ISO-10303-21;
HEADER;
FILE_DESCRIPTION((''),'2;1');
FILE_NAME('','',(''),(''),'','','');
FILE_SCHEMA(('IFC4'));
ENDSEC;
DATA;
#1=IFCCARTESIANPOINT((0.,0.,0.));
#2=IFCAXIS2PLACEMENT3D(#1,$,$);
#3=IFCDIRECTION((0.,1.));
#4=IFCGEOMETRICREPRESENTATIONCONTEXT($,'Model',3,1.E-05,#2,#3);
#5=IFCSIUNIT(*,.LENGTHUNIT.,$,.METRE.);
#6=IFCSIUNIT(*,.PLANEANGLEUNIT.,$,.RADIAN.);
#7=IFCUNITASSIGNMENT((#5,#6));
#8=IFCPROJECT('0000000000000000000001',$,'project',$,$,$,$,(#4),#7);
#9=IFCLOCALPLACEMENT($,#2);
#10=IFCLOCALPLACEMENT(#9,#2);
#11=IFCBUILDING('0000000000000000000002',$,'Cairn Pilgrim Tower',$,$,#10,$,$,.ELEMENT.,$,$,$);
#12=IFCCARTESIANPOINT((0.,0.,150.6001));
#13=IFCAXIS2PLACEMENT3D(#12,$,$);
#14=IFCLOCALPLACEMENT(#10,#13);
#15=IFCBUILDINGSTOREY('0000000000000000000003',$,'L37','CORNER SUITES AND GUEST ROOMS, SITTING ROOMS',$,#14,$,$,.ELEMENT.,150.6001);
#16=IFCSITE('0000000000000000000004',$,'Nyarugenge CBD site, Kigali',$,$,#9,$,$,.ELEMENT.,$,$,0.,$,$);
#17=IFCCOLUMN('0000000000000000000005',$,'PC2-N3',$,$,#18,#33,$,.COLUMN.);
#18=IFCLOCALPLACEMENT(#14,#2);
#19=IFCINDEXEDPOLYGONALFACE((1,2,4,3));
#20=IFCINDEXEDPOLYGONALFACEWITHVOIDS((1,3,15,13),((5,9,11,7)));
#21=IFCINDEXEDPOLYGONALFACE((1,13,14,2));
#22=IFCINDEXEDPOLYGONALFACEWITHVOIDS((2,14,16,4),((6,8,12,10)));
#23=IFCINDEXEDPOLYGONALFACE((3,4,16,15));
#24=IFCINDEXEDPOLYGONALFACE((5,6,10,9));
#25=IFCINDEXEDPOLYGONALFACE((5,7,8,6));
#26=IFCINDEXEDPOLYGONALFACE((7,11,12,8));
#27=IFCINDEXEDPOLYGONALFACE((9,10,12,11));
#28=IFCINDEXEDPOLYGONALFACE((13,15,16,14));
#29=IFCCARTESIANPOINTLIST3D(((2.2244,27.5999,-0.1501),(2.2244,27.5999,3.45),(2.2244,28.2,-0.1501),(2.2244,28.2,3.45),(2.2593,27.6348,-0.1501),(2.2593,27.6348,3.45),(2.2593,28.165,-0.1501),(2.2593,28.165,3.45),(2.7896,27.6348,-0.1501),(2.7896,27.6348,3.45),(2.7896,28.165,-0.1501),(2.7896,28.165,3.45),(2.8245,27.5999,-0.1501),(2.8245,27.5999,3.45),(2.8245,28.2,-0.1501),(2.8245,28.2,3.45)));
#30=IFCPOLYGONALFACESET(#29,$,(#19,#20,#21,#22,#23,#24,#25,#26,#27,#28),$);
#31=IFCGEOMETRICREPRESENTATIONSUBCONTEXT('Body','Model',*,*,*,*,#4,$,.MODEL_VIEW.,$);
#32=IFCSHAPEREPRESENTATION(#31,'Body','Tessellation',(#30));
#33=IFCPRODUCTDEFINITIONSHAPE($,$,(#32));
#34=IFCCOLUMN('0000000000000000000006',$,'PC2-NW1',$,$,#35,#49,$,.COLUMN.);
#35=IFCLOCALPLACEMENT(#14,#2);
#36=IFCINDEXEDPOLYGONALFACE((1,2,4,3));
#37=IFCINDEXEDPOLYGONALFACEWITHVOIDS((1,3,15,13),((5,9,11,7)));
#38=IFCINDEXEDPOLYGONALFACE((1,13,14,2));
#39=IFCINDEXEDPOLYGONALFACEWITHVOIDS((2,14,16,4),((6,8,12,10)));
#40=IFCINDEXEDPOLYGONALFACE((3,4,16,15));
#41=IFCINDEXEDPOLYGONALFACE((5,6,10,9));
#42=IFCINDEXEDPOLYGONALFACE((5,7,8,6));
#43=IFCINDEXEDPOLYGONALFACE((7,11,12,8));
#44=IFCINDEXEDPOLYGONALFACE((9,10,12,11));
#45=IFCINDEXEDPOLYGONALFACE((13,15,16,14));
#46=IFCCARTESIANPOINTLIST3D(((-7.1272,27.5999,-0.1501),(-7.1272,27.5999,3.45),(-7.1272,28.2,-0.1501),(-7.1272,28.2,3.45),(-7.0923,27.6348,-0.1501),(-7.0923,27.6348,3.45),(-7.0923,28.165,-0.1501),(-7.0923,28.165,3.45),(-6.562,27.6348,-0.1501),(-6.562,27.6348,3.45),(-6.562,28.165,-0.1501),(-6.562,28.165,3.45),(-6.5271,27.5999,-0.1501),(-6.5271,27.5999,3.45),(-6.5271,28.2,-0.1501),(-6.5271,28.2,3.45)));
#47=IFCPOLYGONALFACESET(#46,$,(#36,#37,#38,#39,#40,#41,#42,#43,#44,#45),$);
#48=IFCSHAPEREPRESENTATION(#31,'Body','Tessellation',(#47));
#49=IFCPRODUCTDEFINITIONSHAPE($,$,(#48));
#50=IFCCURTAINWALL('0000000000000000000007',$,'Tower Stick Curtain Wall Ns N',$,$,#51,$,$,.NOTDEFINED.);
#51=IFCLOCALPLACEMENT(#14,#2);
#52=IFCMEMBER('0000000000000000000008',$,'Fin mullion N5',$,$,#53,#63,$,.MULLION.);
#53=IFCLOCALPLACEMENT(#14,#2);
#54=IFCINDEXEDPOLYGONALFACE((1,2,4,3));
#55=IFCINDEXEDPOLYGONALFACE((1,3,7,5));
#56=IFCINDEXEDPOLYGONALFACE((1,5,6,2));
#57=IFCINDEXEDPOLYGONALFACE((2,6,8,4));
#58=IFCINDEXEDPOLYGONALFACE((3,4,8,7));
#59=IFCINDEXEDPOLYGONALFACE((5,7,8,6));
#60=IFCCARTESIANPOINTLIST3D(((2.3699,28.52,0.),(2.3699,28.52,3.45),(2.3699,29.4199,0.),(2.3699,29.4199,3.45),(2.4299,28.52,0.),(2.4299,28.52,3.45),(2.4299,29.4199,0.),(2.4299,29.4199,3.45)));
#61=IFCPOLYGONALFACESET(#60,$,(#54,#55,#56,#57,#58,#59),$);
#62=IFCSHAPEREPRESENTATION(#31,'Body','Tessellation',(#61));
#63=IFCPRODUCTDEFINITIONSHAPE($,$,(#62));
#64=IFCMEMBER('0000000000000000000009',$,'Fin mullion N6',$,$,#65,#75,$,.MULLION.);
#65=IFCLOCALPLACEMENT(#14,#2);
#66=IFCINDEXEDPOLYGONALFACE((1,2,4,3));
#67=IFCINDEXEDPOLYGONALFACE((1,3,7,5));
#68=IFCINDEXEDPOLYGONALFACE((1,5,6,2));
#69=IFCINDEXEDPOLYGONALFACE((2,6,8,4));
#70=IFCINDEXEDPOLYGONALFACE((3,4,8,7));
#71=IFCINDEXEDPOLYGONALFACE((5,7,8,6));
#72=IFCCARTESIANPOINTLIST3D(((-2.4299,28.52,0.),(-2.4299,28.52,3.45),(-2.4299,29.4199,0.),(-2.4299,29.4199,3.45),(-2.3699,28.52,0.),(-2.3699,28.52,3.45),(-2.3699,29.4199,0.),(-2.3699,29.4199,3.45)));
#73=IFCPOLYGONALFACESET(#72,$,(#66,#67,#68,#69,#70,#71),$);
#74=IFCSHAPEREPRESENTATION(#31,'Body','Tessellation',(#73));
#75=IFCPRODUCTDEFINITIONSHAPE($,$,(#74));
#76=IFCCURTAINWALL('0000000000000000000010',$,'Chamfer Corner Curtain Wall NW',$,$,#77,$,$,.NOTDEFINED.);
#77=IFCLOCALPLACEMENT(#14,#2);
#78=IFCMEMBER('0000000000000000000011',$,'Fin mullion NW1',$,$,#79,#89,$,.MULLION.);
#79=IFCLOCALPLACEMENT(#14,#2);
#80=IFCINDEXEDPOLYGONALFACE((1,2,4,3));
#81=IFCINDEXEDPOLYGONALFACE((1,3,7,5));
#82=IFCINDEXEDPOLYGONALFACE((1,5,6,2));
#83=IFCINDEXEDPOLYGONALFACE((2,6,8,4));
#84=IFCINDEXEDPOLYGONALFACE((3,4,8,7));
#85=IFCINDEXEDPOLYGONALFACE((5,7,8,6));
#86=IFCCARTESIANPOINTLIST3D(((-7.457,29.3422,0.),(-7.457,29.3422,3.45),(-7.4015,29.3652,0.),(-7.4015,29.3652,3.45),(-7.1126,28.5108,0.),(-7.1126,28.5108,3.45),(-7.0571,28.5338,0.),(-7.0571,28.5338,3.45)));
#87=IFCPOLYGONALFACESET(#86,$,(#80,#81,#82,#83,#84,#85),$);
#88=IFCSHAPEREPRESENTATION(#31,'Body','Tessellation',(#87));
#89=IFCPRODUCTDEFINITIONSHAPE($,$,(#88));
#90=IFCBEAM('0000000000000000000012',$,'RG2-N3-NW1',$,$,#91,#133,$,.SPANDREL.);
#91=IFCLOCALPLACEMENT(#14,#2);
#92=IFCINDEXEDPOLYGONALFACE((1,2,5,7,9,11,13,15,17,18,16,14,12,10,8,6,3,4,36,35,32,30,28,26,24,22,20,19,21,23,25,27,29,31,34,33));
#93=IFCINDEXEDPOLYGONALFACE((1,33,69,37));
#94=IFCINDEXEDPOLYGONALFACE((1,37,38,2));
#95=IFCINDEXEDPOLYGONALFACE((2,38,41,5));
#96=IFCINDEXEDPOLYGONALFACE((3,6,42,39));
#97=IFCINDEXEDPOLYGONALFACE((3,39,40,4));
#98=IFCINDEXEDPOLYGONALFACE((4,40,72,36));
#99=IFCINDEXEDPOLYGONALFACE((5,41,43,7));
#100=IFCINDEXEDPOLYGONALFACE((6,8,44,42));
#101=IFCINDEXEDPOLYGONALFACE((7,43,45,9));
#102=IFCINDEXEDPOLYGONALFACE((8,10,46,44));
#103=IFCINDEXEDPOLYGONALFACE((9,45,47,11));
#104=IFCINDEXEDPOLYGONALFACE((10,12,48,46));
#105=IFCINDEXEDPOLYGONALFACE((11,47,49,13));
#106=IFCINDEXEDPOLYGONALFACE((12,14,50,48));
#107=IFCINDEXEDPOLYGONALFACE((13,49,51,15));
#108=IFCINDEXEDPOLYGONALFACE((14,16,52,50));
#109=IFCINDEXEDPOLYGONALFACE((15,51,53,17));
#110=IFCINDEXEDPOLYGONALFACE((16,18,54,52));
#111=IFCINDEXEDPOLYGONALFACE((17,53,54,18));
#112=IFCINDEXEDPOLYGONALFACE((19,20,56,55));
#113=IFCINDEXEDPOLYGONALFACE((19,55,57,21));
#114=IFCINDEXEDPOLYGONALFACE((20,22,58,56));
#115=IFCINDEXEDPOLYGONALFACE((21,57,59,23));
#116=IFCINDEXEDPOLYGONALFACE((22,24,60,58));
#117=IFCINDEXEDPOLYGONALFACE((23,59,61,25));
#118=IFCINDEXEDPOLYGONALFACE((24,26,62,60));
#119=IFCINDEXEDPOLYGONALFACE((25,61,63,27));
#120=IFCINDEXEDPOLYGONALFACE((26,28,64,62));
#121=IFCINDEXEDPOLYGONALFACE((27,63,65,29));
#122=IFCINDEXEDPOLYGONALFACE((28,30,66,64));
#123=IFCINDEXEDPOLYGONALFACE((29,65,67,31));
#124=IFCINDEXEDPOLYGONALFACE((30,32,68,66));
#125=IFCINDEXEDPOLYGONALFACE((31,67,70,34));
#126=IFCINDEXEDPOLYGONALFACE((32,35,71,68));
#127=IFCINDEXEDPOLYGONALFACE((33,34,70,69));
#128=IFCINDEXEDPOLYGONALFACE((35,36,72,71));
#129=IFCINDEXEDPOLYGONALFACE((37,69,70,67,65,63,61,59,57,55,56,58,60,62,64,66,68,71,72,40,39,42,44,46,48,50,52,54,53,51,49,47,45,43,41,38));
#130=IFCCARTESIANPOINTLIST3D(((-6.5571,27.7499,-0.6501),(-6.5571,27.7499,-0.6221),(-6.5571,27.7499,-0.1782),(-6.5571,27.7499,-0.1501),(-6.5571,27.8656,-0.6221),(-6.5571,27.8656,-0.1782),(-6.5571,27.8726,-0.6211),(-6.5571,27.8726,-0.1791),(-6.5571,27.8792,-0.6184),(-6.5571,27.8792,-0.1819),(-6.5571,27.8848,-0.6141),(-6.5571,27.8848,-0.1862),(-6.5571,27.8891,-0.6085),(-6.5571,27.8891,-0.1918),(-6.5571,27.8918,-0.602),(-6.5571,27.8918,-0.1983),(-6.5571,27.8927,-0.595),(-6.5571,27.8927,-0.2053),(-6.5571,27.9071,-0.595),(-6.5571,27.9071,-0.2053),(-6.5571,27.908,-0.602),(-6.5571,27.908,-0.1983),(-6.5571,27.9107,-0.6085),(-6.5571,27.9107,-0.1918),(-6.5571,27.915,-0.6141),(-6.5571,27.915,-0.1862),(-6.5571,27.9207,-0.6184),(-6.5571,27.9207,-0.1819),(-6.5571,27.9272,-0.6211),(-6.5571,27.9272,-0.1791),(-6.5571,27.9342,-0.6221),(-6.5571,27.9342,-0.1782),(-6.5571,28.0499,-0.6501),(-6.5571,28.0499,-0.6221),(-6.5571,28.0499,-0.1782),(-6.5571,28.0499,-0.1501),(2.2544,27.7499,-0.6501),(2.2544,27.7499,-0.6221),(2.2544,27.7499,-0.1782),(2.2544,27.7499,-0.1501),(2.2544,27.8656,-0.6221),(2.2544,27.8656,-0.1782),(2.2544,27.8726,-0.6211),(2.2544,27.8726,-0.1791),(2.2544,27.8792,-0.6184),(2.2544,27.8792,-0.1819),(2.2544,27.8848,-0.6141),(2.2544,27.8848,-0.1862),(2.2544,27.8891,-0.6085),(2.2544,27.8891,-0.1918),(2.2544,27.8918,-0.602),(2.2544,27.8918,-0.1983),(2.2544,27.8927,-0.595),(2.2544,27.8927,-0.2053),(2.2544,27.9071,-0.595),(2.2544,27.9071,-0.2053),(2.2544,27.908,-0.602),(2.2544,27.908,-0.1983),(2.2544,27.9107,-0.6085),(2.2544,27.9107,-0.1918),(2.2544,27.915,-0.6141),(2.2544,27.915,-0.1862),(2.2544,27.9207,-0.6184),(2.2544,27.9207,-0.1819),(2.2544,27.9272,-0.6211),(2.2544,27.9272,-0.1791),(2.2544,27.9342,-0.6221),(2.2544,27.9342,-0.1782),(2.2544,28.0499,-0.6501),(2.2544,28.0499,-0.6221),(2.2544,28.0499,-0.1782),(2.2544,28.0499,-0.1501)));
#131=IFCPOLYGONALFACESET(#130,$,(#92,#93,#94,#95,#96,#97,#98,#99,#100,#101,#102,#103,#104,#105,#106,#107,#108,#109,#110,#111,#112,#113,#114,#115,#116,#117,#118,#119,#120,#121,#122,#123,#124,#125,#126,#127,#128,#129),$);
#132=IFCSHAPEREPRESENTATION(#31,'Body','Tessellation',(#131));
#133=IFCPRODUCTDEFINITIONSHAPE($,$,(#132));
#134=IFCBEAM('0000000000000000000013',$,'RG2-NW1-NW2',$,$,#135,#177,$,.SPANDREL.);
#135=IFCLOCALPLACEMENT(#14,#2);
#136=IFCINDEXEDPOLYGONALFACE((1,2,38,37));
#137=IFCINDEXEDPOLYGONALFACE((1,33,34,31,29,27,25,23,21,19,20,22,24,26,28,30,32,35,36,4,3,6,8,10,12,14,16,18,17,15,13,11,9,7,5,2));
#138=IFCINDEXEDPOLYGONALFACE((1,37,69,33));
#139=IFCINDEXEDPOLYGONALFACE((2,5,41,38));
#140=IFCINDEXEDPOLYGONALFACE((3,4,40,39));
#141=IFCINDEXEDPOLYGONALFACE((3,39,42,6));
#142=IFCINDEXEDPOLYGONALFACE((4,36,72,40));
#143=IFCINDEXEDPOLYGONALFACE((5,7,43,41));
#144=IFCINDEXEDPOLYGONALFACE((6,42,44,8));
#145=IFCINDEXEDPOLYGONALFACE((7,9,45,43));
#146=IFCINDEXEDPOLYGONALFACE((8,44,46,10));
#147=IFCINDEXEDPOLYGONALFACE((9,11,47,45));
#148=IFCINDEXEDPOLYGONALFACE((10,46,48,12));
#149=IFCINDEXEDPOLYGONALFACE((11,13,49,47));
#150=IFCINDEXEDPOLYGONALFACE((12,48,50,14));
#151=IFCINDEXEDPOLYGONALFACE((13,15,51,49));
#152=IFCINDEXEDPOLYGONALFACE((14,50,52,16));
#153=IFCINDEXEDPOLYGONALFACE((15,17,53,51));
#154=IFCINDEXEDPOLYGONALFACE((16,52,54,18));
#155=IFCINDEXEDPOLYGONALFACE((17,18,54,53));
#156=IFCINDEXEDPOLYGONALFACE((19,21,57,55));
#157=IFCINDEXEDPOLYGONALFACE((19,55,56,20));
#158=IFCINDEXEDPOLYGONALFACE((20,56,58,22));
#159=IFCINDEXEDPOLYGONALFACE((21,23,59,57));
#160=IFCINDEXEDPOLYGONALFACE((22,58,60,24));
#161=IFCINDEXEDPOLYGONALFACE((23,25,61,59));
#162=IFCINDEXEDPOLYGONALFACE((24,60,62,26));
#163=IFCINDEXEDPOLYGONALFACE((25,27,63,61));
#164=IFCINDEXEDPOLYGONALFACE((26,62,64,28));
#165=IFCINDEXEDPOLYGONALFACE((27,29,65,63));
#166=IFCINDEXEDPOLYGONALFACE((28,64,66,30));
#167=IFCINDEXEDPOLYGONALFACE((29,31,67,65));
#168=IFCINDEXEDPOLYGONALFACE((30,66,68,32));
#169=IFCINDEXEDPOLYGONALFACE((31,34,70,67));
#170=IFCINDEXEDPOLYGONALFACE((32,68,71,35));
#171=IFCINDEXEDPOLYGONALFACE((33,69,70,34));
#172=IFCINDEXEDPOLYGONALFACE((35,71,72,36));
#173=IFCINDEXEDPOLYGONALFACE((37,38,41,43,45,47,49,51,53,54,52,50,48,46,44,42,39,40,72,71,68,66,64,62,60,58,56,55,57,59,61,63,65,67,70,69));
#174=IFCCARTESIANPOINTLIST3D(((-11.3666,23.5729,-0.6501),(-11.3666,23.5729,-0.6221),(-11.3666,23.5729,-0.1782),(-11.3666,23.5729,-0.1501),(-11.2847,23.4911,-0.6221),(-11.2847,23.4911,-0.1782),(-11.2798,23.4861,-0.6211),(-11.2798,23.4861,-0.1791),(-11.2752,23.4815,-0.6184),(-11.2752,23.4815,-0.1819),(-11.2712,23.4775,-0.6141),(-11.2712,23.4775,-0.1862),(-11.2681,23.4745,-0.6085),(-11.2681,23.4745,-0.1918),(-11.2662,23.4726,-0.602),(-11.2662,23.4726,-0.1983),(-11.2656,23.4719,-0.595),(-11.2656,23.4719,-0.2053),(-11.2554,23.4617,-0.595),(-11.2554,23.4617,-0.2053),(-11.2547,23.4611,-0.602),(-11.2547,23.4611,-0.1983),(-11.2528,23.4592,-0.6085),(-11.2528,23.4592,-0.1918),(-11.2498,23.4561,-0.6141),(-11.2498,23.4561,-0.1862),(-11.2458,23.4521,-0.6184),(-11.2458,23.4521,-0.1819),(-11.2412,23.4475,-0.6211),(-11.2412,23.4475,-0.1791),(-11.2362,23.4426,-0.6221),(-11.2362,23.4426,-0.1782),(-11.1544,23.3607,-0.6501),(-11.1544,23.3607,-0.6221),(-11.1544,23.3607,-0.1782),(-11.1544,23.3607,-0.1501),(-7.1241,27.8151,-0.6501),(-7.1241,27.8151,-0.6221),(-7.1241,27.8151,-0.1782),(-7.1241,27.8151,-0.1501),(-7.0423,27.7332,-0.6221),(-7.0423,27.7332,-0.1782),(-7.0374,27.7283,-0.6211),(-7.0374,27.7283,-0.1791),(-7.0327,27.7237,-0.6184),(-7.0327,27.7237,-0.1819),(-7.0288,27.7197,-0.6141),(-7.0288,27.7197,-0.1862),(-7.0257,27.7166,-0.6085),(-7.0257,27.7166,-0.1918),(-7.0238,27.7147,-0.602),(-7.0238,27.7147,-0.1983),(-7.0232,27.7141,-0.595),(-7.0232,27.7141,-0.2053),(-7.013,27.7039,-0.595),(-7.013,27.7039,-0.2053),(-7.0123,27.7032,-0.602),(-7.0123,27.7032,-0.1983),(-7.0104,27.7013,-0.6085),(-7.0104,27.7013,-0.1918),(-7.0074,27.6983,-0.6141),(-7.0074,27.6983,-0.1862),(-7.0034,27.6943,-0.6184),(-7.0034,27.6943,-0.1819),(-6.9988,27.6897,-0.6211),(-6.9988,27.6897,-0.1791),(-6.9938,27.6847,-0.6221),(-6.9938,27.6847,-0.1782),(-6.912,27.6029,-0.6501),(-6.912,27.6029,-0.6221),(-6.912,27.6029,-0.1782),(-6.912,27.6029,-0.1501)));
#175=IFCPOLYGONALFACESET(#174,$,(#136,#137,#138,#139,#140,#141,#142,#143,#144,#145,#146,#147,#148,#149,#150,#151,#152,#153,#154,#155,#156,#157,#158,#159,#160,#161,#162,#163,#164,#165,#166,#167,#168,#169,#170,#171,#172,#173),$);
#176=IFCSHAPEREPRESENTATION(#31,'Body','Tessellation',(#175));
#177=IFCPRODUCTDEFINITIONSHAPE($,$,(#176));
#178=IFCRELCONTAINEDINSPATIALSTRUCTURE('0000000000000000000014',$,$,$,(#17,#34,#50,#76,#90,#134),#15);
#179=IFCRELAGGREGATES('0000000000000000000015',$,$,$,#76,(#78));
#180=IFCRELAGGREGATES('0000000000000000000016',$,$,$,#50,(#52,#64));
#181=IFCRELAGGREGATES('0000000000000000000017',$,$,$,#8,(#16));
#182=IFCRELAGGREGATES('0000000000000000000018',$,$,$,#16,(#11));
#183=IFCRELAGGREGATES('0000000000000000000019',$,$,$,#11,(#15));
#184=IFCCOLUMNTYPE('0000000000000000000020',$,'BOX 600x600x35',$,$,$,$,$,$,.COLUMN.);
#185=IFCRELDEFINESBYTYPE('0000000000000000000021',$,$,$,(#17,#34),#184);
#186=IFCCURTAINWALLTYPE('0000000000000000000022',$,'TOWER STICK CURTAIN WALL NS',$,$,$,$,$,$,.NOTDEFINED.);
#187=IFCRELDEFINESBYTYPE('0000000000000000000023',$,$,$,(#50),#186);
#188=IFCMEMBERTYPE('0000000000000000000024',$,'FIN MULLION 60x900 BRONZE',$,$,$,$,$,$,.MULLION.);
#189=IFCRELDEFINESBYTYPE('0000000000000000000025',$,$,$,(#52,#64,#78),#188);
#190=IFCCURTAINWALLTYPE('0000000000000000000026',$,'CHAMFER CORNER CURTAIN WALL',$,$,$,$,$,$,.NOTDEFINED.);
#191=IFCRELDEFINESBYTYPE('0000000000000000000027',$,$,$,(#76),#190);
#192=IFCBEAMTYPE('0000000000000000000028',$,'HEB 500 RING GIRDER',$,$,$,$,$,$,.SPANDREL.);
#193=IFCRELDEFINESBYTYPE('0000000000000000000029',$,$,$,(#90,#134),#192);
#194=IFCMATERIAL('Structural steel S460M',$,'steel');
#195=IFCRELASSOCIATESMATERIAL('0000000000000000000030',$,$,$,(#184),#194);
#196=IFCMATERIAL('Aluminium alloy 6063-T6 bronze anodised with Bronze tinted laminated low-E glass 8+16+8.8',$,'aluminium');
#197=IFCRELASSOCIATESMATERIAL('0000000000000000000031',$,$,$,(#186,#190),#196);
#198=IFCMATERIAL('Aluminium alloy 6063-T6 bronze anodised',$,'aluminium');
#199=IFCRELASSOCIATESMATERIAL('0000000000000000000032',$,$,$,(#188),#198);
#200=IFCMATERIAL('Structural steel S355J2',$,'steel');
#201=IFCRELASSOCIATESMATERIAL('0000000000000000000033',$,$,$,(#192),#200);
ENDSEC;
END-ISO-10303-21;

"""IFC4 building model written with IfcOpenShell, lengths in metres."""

from ifc_helpers import new_model, si_unit, direction, frame, origin, origin_2d, place, context, subcontext, project, spatial, rectangle, hollow_rectangle, i_section, extrude, material, material_profile, profile_set, type_object, element, aggregate, save


model = new_model("IFC4")

# Units and contexts
model_context = context("Model", 3, precision=1e-05, world=origin(), true_north=direction((0.0, 1.0)))
body_context = subcontext(model_context, "Body", "Model", "MODEL_VIEW")
ifc_project = project(units=[si_unit("LENGTHUNIT", "METRE"), si_unit("PLANEANGLEUNIT", "RADIAN")], contexts=[model_context])

# Site, building, storey
site_placement = place(None, origin())
site = spatial("IfcSite", under=ifc_project, at=site_placement, Name="Nyarugenge CBD site, Kigali", CompositionType="ELEMENT", RefElevation=0.0)
building_placement = place(site_placement, origin())
building = spatial("IfcBuilding", under=site, at=building_placement, Name="Cairn Pilgrim Tower", CompositionType="ELEMENT")
storey_placement = place(building_placement, frame((0.0, 0.0, 150.6001)))
storey = spatial("IfcBuildingStorey", under=building, at=storey_placement, Name="L37", Description="CORNER SUITES AND GUEST ROOMS, SITTING ROOMS", CompositionType="ELEMENT", Elevation=150.6001)

# Columns
ifc_material_1 = material(Name="Structural steel S460M", Category="steel")
ifc_material_profile_1 = material_profile(ifc_material_1, hollow_rectangle(XDim=0.6001, YDim=0.6001, WallThickness=0.0349, at=origin_2d()), Name="BOX 600x600x35")
ifc_profile_set_1 = profile_set([ifc_material_profile_1], Name="Structural steel S460M")
column_type = type_object("IfcColumnType", Name="BOX 600x600x35", PredefinedType="COLUMN", material=ifc_profile_set_1)
for number, where, z_axis, x_axis, name in (
    (1, (2.5244, 27.8999, -0.1501), (0.0, 0.0, 1.0), (1.0, 0.0, 0.0), "PC2-N3"),
    (2, (-6.8271, 27.8999, -0.1501), (0.0, 0.0, 1.0), (1.0, 0.0, 0.0), "PC2-NW1"),
):
    element("IfcColumn", number, at=place(storey_placement, frame(where, z_axis=z_axis, x_axis=x_axis)), inside=storey, type_object=column_type, Name=name, PredefinedType="COLUMN", context=body_context, shape_type="SweptSolid", body=[
        extrude(hollow_rectangle(XDim=0.6001, YDim=0.6001, WallThickness=0.0349, at=origin_2d()), origin(), (0.0, 0.0, 1.0), 3.6001),
    ])

# Curtain wall, members
ifc_material_2 = material(Name="Aluminium alloy 6063-T6 bronze anodised with Bronze tinted laminated low-E glass 8+16+8.8", Category="aluminium")
curtain_wall_type_1 = type_object("IfcCurtainWallType", Name="TOWER STICK CURTAIN WALL NS", PredefinedType="NOTDEFINED", material=ifc_material_2)
curtain_wall_1_placement = place(storey_placement, origin())
curtain_wall_1 = element("IfcCurtainWall", 3, at=curtain_wall_1_placement, inside=storey, type_object=curtain_wall_type_1, Name="Tower Stick Curtain Wall Ns N", PredefinedType="NOTDEFINED")
ifc_material_3 = material(Name="Aluminium alloy 6063-T6 bronze anodised", Category="aluminium")
ifc_material_profile_2 = material_profile(ifc_material_3, rectangle(XDim=0.8999, YDim=0.0601, at=origin_2d()), Name="FIN MULLION 60x900 BRONZE")
ifc_profile_set_2 = profile_set([ifc_material_profile_2], Name="Aluminium alloy 6063-T6 bronze anodised")
member_type_1 = type_object("IfcMemberType", Name="FIN MULLION 60x900 BRONZE", PredefinedType="MULLION", material=ifc_profile_set_2)
member_1_placement = place(storey_placement, frame((2.3999, 28.97, 0.0), z_axis=(0.0, 0.0, 1.0), x_axis=(0.0, 1.0, 0.0)))
member_1 = element("IfcMember", 4, at=member_1_placement, type_object=member_type_1, Name="Fin mullion N5", PredefinedType="MULLION", context=body_context, shape_type="SweptSolid", body=[
    extrude(rectangle(XDim=0.8999, YDim=0.0601, at=origin_2d()), origin(), (0.0, 0.0, 1.0), 3.45),
])
member_2_placement = place(storey_placement, frame((-2.3999, 28.97, 0.0), z_axis=(0.0, 0.0, 1.0), x_axis=(0.0, 1.0, 0.0)))
member_2 = element("IfcMember", 5, at=member_2_placement, type_object=member_type_1, Name="Fin mullion N6", PredefinedType="MULLION", context=body_context, shape_type="SweptSolid", body=[
    extrude(rectangle(XDim=0.8999, YDim=0.0601, at=origin_2d()), origin(), (0.0, 0.0, 1.0), 3.45),
])

# Curtain wall, member
curtain_wall_type_2 = type_object("IfcCurtainWallType", Name="CHAMFER CORNER CURTAIN WALL", PredefinedType="NOTDEFINED", material=ifc_material_2)
curtain_wall_2_placement = place(storey_placement, origin())
curtain_wall_2 = element("IfcCurtainWall", 6, at=curtain_wall_2_placement, inside=storey, type_object=curtain_wall_type_2, Name="Chamfer Corner Curtain Wall NW", PredefinedType="NOTDEFINED")
member_3_placement = place(storey_placement, frame((-7.2571, 28.938, 0.0), z_axis=(0.0, 0.0, 1.0), x_axis=(-0.382683, 0.92388, 0.0)))
member_3 = element("IfcMember", 7, at=member_3_placement, type_object=member_type_1, Name="Fin mullion NW1", PredefinedType="MULLION", context=body_context, shape_type="SweptSolid", body=[
    extrude(rectangle(XDim=0.8999, YDim=0.0601, at=origin_2d()), origin(), (0.0, 0.0, 1.0), 3.45),
])

# Beams
ifc_material_4 = material(Name="Structural steel S355J2", Category="steel")
ifc_material_profile_3 = material_profile(ifc_material_4, i_section(OverallWidth=0.3, OverallDepth=0.5, WebThickness=0.0144, FlangeThickness=0.0281, FilletRadius=0.0271, at=origin_2d()), Name="HEB 500")
ifc_profile_set_3 = profile_set([ifc_material_profile_3], Name="Structural steel S355J2")
beam_type_1 = type_object("IfcBeamType", Name="HEB 500 RING GIRDER", PredefinedType="SPANDREL", material=ifc_profile_set_3)
beam_1_placement = place(storey_placement, frame((2.2544, 27.8999, -0.4001), z_axis=(-1.0, 0.0, 0.0), x_axis=(0.0, -1.0, 0.0)))
element("IfcBeam", 8, at=beam_1_placement, inside=storey, type_object=beam_type_1, Name="RG2-N3-NW1", PredefinedType="SPANDREL", context=body_context, shape_type="SweptSolid", body=[
    extrude(i_section(OverallWidth=0.3, OverallDepth=0.5, WebThickness=0.0144, FlangeThickness=0.0281, FilletRadius=0.0271, at=origin_2d()), origin(), (0.0, 0.0, 1.0), 8.8115),
])
beam_2_placement = place(storey_placement, frame((-7.0181, 27.709, -0.4001), z_axis=(-0.707127, -0.707086, 0.0), x_axis=(0.707086, -0.707127, 0.0)))
element("IfcBeam", 9, at=beam_2_placement, inside=storey, type_object=beam_type_1, Name="RG2-NW1-NW2", PredefinedType="SPANDREL", context=body_context, shape_type="SweptSolid", body=[
    extrude(i_section(OverallWidth=0.3, OverallDepth=0.5, WebThickness=0.0144, FlangeThickness=0.0281, FilletRadius=0.0271, at=origin_2d()), origin(), (0.0, 0.0, 1.0), 5.9995),
])

aggregate(curtain_wall_2, [member_3])

aggregate(curtain_wall_1, [member_1, member_2])

save(model, "model.ifc")
